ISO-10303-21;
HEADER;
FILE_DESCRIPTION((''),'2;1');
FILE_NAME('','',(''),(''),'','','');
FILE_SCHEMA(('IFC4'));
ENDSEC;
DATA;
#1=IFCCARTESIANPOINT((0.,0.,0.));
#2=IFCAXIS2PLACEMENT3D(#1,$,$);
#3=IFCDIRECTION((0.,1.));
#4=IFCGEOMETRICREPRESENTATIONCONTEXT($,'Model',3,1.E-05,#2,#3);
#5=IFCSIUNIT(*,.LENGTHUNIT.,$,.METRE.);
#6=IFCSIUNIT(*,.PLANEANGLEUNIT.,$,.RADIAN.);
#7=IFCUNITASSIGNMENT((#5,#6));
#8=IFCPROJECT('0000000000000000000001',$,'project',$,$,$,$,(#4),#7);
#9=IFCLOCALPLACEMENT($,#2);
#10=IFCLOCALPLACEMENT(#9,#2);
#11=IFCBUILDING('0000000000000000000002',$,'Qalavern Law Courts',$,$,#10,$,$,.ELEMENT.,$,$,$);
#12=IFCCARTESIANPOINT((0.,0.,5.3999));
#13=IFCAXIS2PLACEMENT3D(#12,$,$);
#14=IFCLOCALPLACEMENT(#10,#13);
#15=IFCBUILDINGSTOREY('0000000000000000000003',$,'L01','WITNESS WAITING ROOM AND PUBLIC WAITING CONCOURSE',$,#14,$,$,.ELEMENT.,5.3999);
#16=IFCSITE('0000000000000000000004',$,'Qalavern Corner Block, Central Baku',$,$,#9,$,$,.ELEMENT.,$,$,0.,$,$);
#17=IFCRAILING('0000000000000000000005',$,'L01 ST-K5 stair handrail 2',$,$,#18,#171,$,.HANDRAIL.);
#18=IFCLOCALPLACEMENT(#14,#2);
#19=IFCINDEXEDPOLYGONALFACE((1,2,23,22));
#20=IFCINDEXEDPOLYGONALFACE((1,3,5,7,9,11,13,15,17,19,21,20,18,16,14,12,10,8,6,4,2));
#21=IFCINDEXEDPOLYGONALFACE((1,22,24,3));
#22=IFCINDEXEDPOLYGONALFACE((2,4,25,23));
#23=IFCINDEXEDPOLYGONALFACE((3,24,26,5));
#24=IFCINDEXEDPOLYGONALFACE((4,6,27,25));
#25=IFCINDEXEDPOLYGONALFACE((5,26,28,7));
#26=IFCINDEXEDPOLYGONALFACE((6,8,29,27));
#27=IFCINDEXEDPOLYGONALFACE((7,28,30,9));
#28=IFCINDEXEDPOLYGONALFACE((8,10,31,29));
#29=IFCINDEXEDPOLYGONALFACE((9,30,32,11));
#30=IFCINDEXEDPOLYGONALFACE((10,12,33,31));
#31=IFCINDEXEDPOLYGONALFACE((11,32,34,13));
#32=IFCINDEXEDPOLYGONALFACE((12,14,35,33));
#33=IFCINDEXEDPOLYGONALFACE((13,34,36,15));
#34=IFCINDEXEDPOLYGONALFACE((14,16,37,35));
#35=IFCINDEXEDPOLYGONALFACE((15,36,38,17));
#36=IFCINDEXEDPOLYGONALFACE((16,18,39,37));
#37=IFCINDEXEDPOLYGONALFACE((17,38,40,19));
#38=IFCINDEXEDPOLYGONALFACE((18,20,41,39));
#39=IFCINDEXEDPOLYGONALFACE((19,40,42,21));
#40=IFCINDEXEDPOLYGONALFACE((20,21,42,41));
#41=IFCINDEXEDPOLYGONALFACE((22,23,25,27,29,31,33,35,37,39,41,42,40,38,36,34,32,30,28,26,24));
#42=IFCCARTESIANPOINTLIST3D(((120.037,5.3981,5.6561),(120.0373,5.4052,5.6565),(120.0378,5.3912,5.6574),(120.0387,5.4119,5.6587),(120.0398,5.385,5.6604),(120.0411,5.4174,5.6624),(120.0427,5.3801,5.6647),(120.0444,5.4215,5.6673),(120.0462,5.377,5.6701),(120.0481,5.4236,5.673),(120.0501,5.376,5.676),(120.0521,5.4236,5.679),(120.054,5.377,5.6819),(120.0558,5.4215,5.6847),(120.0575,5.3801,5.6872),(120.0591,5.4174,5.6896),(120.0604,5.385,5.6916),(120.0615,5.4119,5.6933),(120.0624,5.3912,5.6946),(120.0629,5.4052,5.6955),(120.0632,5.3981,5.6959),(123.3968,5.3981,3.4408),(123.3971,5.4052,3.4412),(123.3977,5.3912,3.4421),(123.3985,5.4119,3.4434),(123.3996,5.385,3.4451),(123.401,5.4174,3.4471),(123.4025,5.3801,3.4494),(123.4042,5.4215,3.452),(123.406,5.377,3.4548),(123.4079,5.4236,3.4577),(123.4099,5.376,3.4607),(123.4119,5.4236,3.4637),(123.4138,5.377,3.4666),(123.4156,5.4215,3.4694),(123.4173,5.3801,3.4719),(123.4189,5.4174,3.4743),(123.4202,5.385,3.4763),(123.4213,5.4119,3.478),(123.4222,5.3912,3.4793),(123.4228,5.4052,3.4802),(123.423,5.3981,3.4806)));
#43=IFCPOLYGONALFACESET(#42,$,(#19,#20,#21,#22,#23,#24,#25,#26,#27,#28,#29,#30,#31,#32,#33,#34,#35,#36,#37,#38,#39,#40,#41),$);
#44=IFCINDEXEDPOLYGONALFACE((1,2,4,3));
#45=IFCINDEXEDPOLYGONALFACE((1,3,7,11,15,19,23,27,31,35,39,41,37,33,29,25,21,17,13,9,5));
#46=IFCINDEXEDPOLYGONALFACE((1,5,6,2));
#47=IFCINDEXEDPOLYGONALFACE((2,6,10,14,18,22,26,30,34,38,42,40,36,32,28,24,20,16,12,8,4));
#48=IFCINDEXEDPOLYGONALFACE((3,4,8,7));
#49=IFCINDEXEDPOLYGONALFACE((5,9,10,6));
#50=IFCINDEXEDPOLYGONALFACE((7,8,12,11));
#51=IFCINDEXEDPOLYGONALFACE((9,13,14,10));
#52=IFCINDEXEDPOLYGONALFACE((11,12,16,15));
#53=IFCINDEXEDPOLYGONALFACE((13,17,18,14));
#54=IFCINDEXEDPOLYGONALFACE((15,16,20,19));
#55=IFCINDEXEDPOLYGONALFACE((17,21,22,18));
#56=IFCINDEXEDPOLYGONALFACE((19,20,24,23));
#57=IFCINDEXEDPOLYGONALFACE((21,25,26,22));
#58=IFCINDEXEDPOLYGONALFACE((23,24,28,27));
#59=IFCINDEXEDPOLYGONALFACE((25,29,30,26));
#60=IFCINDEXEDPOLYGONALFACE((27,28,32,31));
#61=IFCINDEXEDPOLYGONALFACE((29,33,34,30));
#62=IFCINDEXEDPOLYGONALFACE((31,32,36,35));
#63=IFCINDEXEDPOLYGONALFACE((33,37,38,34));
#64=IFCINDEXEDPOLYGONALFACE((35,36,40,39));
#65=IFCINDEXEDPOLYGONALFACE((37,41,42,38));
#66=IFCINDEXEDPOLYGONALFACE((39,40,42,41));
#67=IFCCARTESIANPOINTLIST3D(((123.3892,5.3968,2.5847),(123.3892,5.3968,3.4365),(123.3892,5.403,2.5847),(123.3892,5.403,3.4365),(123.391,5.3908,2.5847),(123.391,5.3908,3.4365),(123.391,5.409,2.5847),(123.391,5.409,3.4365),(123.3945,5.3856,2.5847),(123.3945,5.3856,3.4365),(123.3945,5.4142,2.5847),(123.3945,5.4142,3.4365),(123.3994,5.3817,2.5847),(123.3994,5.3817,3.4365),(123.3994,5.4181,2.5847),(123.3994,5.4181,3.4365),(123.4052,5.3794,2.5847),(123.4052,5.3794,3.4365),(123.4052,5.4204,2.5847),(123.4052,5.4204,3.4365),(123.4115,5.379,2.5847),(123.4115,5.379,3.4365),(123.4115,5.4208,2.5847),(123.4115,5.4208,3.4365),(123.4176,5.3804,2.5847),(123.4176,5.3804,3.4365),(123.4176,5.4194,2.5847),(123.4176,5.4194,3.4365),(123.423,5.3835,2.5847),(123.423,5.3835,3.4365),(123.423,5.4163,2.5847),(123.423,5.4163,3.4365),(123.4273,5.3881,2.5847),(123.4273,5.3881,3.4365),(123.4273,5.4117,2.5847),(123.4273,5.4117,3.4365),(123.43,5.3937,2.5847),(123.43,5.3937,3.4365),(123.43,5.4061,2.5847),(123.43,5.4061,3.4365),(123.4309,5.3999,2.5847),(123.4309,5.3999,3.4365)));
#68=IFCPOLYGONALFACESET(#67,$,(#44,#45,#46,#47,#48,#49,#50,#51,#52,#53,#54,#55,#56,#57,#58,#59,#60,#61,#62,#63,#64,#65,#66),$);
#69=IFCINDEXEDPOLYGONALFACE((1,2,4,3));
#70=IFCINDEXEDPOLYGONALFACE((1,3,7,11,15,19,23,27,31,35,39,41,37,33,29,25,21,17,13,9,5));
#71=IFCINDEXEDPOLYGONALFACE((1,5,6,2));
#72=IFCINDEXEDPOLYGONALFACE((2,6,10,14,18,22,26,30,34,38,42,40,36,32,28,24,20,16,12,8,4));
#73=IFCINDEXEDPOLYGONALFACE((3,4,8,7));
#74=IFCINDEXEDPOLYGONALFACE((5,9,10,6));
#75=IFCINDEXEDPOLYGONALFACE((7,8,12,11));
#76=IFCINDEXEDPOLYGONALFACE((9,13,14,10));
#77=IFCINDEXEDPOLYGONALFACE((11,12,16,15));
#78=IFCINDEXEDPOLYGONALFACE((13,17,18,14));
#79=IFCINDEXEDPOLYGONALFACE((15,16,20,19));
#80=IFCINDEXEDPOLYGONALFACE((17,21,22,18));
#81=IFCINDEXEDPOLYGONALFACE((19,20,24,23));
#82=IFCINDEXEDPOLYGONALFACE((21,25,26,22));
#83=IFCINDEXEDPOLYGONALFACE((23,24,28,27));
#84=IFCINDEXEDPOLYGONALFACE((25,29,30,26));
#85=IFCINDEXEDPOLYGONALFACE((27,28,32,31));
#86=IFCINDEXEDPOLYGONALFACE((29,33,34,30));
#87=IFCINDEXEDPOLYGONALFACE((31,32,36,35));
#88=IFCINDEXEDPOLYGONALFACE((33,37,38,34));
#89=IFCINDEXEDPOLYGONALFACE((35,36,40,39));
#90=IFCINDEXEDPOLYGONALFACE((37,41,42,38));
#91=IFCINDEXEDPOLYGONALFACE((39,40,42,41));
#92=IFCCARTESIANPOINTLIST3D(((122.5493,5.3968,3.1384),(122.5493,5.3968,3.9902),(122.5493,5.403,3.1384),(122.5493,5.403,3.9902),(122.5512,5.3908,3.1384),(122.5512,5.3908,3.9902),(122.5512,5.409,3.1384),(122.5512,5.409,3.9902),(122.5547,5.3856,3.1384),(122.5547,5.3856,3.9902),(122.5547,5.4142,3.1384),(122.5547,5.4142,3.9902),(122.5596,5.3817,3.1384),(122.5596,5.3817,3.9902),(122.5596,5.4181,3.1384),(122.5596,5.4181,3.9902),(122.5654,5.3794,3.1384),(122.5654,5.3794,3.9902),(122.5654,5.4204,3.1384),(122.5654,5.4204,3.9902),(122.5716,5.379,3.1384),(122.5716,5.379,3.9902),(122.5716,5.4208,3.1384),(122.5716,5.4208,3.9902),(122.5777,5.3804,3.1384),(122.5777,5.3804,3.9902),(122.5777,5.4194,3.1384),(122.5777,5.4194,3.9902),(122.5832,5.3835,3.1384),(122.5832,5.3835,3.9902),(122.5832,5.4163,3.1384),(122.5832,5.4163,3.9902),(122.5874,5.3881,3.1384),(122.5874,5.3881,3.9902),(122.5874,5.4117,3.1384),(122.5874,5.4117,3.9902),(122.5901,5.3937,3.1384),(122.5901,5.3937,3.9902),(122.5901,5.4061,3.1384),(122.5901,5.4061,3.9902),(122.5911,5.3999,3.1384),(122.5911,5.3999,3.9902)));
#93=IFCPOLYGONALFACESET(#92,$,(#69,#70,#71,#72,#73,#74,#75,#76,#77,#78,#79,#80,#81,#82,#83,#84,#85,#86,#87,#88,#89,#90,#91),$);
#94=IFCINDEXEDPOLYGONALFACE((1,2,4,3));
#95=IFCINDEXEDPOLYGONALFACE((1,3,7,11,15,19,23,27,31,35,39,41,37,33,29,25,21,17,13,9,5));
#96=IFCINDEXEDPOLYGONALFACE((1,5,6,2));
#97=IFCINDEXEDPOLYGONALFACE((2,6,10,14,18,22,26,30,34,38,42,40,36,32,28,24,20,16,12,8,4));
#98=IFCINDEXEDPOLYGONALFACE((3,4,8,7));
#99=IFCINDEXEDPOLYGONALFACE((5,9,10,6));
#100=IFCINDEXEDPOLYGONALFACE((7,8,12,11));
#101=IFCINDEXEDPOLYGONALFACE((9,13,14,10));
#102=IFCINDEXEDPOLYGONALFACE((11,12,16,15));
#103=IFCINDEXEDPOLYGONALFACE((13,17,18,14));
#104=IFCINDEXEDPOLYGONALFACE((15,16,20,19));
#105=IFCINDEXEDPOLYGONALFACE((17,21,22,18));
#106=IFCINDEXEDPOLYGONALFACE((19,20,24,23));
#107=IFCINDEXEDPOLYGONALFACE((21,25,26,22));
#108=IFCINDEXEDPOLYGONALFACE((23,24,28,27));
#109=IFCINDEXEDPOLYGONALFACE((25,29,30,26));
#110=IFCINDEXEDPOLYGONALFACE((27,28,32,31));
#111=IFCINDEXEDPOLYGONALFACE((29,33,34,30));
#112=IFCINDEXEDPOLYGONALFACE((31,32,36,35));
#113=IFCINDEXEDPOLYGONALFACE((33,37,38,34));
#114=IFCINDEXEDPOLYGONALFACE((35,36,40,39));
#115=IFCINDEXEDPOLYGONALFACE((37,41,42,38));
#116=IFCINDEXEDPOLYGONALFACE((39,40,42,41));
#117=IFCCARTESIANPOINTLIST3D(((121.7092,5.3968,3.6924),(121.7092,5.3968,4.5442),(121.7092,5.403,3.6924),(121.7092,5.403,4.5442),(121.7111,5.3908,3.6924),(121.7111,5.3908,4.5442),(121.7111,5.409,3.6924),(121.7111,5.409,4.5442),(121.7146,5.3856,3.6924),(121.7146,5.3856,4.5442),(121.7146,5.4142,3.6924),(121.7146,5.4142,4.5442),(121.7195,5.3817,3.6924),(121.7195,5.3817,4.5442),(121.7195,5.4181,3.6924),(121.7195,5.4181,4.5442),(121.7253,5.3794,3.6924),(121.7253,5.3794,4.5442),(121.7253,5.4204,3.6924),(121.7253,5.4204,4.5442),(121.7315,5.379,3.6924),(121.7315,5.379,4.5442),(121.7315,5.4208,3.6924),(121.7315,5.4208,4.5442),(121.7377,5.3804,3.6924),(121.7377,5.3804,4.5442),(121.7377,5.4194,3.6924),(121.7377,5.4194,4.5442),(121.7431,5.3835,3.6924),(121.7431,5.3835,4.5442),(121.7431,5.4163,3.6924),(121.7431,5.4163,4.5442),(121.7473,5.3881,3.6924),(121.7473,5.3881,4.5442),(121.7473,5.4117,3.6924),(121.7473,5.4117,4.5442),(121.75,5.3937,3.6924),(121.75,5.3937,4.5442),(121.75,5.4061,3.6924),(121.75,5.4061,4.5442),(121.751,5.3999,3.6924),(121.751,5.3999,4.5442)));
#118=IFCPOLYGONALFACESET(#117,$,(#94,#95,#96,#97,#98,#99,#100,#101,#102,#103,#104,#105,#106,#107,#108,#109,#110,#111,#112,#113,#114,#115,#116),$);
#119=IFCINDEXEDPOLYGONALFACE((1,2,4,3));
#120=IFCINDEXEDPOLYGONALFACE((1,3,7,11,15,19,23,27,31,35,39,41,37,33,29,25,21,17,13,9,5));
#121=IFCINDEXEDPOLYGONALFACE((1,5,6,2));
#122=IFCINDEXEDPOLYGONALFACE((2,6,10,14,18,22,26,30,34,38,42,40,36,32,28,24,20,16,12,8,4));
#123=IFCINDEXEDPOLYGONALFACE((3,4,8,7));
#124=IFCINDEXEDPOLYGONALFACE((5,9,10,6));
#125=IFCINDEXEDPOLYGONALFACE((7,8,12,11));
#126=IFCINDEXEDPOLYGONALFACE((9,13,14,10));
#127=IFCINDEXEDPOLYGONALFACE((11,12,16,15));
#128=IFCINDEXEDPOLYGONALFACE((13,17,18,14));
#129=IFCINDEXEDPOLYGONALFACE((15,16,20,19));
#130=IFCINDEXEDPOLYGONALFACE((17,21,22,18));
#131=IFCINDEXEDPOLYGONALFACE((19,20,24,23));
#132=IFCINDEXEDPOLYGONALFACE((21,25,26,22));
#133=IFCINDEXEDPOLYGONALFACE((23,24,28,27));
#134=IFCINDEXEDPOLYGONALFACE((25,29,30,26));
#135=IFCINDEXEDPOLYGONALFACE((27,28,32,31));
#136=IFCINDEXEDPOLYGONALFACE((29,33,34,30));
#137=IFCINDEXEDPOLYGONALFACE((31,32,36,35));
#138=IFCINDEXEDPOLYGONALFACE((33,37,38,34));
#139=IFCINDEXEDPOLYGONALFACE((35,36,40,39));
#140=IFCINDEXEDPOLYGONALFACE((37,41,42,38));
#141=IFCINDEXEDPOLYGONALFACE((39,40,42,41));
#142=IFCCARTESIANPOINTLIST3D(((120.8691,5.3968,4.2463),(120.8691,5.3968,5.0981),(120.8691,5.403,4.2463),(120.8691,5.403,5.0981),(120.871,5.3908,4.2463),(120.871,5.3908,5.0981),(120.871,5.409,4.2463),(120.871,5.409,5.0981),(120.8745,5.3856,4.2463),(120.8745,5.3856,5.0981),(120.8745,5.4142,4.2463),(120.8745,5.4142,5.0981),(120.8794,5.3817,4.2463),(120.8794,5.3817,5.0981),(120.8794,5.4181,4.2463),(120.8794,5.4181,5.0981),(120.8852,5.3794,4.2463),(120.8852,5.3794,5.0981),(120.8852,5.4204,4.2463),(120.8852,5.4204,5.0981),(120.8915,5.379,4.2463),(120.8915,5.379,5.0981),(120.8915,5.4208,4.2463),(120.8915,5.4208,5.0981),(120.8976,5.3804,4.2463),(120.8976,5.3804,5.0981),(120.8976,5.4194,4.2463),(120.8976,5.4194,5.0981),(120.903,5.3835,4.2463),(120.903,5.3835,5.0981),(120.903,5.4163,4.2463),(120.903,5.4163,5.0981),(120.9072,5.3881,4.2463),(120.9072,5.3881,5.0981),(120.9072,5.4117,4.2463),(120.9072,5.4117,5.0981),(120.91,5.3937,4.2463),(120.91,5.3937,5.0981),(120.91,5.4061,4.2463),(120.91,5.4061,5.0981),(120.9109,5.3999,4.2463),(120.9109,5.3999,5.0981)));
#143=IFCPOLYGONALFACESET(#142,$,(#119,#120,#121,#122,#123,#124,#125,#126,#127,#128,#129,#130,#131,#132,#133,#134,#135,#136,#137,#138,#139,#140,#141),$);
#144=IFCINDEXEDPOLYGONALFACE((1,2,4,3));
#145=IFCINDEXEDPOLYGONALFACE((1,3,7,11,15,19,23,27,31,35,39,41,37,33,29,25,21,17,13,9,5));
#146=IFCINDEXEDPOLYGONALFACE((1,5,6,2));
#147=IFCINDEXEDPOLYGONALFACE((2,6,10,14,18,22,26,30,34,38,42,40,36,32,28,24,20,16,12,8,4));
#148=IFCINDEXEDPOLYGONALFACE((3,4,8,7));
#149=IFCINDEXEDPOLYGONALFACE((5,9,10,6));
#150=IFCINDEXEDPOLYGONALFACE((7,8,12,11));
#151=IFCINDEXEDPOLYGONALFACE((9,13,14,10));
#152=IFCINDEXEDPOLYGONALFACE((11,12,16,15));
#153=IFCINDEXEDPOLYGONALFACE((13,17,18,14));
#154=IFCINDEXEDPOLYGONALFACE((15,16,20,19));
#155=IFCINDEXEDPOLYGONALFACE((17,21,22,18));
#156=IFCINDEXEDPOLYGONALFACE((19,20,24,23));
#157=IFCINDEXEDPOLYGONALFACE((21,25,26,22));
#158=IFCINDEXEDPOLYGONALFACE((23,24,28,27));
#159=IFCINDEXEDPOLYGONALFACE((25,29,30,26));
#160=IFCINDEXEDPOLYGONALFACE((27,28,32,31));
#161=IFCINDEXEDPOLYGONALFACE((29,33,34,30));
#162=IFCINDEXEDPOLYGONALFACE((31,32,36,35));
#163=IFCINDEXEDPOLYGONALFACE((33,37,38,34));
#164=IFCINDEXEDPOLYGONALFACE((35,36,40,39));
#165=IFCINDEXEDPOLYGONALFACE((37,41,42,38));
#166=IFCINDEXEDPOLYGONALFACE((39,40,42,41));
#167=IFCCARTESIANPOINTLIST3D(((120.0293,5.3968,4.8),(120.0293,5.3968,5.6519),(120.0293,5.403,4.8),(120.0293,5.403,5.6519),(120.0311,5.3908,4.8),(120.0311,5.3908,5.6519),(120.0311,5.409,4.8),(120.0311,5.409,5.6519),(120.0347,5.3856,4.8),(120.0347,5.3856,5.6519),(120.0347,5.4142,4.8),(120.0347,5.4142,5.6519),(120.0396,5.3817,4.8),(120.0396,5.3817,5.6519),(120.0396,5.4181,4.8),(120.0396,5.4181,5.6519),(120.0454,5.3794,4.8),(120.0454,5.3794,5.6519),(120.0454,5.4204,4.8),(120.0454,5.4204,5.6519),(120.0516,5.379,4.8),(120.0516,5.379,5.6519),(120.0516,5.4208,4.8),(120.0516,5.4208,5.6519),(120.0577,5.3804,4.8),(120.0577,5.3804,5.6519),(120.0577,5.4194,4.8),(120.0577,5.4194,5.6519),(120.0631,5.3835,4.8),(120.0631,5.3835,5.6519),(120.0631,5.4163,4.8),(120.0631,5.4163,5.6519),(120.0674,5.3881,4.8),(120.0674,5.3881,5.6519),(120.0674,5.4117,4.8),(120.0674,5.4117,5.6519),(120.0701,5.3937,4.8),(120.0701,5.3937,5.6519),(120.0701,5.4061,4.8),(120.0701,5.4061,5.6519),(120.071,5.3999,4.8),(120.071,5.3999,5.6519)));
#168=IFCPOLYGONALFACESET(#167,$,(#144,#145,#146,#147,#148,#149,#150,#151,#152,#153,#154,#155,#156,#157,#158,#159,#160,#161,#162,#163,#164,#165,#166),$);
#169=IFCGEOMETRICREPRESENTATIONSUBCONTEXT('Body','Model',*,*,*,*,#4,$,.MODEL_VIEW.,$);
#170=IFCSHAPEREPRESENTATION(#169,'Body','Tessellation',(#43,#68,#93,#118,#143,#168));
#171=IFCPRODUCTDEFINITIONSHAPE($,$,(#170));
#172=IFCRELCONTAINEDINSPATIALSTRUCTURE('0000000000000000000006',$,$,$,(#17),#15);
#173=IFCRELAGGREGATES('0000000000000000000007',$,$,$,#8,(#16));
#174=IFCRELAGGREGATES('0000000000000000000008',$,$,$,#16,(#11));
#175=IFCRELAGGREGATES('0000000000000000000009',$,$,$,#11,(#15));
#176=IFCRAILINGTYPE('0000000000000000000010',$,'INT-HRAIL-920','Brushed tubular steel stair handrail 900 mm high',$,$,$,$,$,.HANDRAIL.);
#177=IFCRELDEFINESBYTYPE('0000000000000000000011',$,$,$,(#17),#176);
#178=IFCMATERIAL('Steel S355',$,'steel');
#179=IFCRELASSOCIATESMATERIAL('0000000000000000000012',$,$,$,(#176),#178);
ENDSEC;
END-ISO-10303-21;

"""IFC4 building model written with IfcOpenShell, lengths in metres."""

from ifc_helpers import new_model, si_unit, direction, frame, origin, origin_2d, place, context, subcontext, project, spatial, circle, extrude, material, type_object, element, save


model = new_model("IFC4")

# Units and contexts
model_context = context("Model", 3, precision=1e-05, world=origin(), true_north=direction((0.0, 1.0)))
body_context = subcontext(model_context, "Body", "Model", "MODEL_VIEW")
ifc_project = project(units=[si_unit("LENGTHUNIT", "METRE"), si_unit("PLANEANGLEUNIT", "RADIAN")], contexts=[model_context])

# Site, building, storey
site_placement = place(None, origin())
site = spatial("IfcSite", under=ifc_project, at=site_placement, Name="Qalavern Corner Block, Central Baku", CompositionType="ELEMENT", RefElevation=0.0)
building_placement = place(site_placement, origin())
building = spatial("IfcBuilding", under=site, at=building_placement, Name="Qalavern Law Courts", CompositionType="ELEMENT")
storey_placement = place(building_placement, frame((0.0, 0.0, 5.3999)))
storey = spatial("IfcBuildingStorey", under=building, at=storey_placement, Name="L01", Description="WITNESS WAITING ROOM AND PUBLIC WAITING CONCOURSE", CompositionType="ELEMENT", Elevation=5.3999)

# Shared definitions
ifc_material_1 = material(Name="Steel S355", Category="steel")

# Railing
railing_type_1 = type_object("IfcRailingType", Name="INT-HRAIL-920", Description="Brushed tubular steel stair handrail 900 mm high", PredefinedType="HANDRAIL", material=ifc_material_1)
railing_1_placement = place(storey_placement, frame((123.4099, 5.3999, 2.5847)))
element("IfcRailing", 1, at=railing_1_placement, inside=storey, type_object=railing_type_1, Name="L01 ST-K5 stair handrail 2", PredefinedType="HANDRAIL", context=body_context, shape_type="SweptSolid", body=[
    extrude(circle(Radius=0.0239, at=origin_2d()), frame((0.0, 0.0, 0.876), z_axis=(-0.834858, 0.0, 0.550465), x_axis=(0.0, -1.0, 0.0)), (0.0, 0.0, 1.0), 4.0244),
    extrude(circle(Radius=0.021, at=origin_2d()), origin(), (0.0, 0.0, 1.0), 0.8518),
    extrude(circle(Radius=0.021, at=origin_2d()), frame((-0.8398, 0.0, 0.5537)), (0.0, 0.0, 1.0), 0.8518),
    extrude(circle(Radius=0.021, at=origin_2d()), frame((-1.6799, 0.0, 1.1077)), (0.0, 0.0, 1.0), 0.8518),
    extrude(circle(Radius=0.021, at=origin_2d()), frame((-2.52, 0.0, 1.6616)), (0.0, 0.0, 1.0), 0.8518),
    extrude(circle(Radius=0.021, at=origin_2d()), frame((-3.3599, 0.0, 2.2153)), (0.0, 0.0, 1.0), 0.8518),
])

save(model, "model.ifc")
